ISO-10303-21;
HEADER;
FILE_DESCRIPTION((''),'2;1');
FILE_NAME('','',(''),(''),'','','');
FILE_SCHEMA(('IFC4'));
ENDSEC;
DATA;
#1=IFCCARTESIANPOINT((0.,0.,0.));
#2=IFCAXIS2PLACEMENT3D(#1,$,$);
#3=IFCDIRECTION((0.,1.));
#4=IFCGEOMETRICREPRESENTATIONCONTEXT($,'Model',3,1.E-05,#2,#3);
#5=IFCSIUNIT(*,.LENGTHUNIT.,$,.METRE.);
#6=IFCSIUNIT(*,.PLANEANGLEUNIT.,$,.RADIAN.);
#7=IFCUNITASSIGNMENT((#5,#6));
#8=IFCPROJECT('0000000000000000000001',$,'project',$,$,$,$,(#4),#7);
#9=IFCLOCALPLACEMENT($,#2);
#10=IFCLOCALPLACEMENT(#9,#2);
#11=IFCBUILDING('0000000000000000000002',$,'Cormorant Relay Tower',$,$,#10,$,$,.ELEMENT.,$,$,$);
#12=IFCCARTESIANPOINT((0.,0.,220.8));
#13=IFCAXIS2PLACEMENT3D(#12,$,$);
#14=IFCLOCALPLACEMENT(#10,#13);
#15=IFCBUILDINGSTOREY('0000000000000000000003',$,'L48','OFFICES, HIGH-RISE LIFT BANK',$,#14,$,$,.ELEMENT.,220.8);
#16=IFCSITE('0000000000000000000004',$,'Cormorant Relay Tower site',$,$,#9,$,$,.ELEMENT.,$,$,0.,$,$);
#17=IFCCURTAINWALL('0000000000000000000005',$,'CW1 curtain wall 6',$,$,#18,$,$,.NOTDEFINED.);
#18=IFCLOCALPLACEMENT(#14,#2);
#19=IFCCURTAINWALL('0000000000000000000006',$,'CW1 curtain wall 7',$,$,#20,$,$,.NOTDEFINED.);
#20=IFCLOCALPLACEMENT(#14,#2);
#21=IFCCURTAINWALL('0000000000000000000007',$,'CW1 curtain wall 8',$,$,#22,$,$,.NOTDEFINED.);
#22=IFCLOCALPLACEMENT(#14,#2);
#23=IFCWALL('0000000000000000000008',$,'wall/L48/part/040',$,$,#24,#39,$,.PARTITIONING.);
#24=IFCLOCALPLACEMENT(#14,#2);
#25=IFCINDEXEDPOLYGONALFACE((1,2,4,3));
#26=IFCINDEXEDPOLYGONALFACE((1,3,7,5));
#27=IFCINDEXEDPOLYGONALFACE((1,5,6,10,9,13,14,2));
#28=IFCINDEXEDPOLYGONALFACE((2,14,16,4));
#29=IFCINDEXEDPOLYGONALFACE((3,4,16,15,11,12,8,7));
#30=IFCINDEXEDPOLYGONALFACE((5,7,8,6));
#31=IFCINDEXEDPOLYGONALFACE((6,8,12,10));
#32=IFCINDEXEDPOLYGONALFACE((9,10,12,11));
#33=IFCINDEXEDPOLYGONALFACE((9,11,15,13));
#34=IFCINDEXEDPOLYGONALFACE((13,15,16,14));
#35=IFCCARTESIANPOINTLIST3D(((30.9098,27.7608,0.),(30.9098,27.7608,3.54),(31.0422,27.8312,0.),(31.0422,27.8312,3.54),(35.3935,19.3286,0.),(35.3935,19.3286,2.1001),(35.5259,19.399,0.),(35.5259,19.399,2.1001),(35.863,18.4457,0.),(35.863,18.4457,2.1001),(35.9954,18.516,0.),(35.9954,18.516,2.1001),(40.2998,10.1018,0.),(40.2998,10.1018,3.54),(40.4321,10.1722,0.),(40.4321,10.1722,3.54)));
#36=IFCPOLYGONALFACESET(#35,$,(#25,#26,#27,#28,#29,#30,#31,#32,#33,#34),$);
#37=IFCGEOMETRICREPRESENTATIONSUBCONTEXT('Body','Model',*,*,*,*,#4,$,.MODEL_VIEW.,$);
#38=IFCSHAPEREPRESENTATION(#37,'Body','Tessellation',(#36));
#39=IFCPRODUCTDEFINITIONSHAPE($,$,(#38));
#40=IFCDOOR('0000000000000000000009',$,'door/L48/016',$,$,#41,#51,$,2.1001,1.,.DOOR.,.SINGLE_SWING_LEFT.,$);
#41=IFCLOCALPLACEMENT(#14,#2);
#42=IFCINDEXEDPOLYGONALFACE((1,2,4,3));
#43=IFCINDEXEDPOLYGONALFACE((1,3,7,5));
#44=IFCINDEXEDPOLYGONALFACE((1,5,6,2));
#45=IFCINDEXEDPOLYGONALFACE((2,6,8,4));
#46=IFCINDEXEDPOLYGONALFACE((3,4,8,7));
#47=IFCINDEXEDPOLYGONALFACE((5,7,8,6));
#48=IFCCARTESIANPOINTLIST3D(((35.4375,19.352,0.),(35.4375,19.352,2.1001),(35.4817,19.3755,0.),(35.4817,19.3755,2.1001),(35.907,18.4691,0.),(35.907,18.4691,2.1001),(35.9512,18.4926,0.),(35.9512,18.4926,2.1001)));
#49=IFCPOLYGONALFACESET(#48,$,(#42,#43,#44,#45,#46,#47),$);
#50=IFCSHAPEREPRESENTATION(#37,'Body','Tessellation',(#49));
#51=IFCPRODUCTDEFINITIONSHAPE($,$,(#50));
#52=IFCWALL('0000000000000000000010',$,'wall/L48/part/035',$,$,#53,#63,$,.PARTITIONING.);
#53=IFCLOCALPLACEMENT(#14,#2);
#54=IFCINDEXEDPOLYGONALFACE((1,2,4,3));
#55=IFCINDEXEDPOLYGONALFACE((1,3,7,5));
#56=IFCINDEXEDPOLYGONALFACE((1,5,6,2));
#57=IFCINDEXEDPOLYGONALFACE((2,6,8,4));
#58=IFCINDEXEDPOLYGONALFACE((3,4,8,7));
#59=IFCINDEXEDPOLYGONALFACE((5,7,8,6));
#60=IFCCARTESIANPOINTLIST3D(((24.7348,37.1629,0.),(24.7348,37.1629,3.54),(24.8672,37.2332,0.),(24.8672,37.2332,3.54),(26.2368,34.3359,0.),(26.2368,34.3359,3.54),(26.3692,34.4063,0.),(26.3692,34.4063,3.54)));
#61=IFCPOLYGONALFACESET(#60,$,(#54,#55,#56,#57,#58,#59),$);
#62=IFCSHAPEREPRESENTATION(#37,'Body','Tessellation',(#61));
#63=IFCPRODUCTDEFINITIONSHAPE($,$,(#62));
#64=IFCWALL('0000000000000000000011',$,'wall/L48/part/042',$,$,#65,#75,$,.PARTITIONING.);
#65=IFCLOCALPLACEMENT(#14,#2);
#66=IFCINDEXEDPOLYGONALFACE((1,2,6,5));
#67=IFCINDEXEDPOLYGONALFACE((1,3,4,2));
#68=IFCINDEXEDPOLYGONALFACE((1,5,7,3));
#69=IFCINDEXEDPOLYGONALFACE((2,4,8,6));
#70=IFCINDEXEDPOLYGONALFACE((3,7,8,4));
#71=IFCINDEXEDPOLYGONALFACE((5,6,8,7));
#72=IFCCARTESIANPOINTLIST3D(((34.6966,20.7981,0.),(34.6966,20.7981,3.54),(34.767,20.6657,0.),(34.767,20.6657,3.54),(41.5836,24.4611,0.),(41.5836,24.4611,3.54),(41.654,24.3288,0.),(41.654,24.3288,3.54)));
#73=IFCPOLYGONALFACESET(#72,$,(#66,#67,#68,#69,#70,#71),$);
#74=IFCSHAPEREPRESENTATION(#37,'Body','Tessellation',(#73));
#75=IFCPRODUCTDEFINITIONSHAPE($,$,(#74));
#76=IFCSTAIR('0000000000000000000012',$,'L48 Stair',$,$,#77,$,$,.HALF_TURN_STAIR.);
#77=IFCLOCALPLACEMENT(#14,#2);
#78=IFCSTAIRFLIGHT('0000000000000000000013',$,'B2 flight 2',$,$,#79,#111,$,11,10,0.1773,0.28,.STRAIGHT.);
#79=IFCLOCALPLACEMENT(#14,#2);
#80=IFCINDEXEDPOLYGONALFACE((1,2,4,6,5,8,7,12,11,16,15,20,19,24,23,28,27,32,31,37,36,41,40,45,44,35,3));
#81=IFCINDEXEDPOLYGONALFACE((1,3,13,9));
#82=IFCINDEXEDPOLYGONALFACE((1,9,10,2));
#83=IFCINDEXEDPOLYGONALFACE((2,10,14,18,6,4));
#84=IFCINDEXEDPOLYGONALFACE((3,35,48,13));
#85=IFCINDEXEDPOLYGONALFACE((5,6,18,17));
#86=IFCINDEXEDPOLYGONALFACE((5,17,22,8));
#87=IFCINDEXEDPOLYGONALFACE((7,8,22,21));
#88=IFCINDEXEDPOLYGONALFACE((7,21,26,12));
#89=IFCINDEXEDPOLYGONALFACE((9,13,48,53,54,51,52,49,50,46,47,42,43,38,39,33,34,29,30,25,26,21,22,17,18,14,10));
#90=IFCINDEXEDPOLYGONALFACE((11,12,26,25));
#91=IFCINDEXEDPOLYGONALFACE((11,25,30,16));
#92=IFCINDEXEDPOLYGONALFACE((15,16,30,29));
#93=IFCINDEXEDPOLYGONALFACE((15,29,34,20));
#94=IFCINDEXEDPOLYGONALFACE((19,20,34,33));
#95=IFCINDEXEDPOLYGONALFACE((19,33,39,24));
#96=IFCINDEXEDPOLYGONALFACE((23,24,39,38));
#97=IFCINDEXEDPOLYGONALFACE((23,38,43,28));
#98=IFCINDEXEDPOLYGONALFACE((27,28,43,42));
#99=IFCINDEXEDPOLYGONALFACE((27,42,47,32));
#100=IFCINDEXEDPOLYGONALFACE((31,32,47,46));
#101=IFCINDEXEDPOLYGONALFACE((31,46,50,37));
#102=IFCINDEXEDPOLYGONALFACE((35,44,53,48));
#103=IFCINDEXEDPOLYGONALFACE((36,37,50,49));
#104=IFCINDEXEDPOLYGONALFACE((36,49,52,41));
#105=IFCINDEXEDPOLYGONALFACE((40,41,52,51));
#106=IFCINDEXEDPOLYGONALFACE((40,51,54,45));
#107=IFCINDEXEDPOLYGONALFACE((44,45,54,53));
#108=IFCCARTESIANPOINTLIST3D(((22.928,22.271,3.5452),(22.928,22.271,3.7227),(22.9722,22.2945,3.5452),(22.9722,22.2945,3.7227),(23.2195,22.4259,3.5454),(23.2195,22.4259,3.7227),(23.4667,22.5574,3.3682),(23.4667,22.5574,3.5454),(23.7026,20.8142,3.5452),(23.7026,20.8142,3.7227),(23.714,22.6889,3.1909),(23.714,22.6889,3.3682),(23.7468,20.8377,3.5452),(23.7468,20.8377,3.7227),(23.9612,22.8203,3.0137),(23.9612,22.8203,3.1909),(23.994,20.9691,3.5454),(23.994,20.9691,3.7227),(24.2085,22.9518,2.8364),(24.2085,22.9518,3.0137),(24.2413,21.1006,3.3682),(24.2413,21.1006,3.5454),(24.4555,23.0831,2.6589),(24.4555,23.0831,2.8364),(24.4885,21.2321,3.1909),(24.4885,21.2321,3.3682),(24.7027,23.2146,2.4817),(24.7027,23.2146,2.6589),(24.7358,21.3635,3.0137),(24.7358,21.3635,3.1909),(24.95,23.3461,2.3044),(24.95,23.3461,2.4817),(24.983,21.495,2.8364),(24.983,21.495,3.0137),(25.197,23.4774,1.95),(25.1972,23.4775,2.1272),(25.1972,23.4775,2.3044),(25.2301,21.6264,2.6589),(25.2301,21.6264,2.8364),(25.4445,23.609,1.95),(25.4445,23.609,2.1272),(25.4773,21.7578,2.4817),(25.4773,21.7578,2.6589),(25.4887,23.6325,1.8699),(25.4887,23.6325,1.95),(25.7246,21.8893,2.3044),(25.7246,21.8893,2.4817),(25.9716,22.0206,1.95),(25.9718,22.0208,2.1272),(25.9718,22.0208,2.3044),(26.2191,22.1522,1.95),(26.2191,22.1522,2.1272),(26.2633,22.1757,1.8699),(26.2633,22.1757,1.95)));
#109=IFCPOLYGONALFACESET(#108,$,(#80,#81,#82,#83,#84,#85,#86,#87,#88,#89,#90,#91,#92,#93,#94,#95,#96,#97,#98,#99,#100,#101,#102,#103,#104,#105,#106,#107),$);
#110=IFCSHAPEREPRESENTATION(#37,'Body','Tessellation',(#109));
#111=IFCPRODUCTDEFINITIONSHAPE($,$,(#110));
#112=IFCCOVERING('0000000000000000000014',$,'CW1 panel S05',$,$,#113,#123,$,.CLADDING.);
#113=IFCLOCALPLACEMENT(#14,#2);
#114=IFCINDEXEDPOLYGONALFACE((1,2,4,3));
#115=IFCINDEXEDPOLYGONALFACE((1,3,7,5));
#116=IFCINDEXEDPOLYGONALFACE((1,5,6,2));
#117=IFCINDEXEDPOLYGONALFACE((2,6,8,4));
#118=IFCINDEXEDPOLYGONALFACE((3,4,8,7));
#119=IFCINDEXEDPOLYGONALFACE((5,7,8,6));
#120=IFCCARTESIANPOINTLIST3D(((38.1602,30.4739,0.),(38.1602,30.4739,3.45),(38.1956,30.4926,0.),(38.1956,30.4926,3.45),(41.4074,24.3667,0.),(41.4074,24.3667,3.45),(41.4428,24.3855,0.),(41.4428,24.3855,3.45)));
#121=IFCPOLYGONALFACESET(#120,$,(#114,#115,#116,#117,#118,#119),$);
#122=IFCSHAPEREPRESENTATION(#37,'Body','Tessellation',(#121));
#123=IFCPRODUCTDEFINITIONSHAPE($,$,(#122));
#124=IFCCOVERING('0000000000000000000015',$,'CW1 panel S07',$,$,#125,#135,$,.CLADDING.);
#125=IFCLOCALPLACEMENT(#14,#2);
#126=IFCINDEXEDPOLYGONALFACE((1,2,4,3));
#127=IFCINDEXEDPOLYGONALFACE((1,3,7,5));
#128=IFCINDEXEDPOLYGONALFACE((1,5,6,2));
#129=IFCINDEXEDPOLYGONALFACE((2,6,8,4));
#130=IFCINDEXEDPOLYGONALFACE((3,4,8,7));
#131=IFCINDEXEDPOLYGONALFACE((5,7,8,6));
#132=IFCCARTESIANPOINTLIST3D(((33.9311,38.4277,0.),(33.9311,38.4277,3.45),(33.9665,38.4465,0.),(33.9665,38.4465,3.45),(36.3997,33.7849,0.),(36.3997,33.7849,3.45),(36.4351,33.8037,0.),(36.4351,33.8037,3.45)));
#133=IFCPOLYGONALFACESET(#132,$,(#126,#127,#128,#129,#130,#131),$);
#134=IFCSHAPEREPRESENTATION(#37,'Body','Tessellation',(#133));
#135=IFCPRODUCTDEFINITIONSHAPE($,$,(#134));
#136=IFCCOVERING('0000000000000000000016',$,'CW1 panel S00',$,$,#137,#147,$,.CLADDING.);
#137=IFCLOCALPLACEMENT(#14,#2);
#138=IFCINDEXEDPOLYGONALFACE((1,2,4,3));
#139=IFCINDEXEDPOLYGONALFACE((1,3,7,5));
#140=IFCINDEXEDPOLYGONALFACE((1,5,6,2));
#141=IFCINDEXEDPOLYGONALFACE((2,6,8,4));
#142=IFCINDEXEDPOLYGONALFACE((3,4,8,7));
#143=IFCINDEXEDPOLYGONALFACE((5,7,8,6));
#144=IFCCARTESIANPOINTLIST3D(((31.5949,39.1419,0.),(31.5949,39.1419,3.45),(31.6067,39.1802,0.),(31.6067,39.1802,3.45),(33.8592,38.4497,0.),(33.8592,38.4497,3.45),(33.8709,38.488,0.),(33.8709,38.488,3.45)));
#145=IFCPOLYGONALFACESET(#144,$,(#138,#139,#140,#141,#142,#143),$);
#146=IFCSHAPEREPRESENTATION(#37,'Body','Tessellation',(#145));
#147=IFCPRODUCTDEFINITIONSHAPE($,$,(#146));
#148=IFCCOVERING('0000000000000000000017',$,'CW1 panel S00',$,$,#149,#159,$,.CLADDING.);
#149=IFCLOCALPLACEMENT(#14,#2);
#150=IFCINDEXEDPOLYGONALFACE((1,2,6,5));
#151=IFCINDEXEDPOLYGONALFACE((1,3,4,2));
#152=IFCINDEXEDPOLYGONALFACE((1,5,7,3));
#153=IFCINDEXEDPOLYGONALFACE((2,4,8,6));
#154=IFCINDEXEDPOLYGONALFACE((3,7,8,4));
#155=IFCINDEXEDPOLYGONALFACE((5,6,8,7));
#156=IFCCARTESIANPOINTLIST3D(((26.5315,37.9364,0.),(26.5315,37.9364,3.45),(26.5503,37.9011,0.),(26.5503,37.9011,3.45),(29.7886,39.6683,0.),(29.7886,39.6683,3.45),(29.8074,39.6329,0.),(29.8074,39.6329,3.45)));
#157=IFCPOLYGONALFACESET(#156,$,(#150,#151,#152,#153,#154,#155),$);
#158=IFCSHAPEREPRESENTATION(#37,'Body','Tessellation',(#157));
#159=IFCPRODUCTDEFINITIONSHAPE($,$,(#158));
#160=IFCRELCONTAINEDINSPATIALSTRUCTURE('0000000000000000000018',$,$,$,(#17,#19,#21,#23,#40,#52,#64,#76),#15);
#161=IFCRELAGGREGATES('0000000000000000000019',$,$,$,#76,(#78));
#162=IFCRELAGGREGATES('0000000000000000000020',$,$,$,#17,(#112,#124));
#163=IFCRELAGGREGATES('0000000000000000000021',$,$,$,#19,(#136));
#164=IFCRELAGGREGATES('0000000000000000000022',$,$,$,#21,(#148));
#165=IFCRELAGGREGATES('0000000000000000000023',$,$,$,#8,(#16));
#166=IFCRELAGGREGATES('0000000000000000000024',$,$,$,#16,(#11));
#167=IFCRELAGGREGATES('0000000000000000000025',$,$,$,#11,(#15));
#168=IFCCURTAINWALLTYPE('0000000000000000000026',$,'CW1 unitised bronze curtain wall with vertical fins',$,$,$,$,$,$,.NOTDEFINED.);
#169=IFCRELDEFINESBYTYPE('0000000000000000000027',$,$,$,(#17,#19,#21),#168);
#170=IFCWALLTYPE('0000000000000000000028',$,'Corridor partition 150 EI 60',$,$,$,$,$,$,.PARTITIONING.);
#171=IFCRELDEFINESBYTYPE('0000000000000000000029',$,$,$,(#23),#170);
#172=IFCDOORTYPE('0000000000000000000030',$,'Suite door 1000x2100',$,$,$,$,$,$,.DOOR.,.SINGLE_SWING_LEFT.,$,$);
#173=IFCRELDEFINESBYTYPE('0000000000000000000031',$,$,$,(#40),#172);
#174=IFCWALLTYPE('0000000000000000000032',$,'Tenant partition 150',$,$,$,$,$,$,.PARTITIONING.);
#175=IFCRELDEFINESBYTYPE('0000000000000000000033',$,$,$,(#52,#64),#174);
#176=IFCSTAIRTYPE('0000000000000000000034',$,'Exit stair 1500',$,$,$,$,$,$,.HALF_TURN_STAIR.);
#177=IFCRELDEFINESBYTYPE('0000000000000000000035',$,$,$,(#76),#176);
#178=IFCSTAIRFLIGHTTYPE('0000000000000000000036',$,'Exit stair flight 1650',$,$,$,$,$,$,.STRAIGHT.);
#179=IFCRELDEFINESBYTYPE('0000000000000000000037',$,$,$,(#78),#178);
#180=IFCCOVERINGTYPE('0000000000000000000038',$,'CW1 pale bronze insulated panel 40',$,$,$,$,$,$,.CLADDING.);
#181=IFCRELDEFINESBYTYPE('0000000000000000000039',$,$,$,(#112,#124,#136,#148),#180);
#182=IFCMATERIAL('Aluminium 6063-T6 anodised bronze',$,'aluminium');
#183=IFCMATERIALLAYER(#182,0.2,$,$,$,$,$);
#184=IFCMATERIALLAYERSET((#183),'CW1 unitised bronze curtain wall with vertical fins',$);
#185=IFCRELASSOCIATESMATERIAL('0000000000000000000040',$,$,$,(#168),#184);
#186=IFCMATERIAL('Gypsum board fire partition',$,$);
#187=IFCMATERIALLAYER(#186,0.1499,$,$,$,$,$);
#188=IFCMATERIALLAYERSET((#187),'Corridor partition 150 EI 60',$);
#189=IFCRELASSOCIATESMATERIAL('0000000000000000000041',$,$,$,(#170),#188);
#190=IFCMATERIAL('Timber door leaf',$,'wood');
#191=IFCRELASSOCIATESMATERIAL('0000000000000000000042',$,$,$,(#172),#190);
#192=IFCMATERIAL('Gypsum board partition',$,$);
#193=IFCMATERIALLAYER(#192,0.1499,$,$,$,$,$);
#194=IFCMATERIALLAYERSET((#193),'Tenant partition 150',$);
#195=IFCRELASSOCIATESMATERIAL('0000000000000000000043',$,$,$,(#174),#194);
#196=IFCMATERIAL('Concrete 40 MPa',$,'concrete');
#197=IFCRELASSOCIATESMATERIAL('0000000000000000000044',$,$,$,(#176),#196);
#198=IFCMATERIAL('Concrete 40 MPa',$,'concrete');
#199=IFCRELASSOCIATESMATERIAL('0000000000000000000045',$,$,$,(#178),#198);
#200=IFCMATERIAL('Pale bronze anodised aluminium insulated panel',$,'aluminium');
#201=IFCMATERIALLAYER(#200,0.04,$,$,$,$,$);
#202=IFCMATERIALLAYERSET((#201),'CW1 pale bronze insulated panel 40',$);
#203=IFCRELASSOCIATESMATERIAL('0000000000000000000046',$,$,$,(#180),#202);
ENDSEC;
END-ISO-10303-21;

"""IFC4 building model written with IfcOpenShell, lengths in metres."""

from ifc_helpers import new_model, si_unit, direction, frame, frame_2d, origin, origin_2d, place, context, subcontext, project, spatial, polyline, rectangle, outline, extrude, material, layer, layer_set, type_object, element, fill, aggregate, save


model = new_model("IFC4")

# Units and contexts
model_context = context("Model", 3, precision=1e-05, world=origin(), true_north=direction((0.0, 1.0)))
body_context = subcontext(model_context, "Body", "Model", "MODEL_VIEW")
ifc_project = project(units=[si_unit("LENGTHUNIT", "METRE"), si_unit("PLANEANGLEUNIT", "RADIAN")], contexts=[model_context])

# Site, building, storey
site_placement = place(None, origin())
site = spatial("IfcSite", under=ifc_project, at=site_placement, Name="Cormorant Relay Tower site", CompositionType="ELEMENT", RefElevation=0.0)
building_placement = place(site_placement, origin())
building = spatial("IfcBuilding", under=site, at=building_placement, Name="Cormorant Relay Tower", CompositionType="ELEMENT")
storey_placement = place(building_placement, frame((0.0, 0.0, 220.8)))
storey = spatial("IfcBuildingStorey", under=building, at=storey_placement, Name="L48", Description="OFFICES, HIGH-RISE LIFT BANK", CompositionType="ELEMENT", Elevation=220.8)

# Curtain wall
ifc_material_1 = material(Name="Aluminium 6063-T6 anodised bronze", Category="aluminium")
ifc_layer_1 = layer(ifc_material_1, 0.2)
ifc_layer_set_1 = layer_set([ifc_layer_1], Name="CW1 unitised bronze curtain wall with vertical fins")
curtain_wall_type = type_object("IfcCurtainWallType", Name="CW1 unitised bronze curtain wall with vertical fins", PredefinedType="NOTDEFINED", material=ifc_layer_set_1)
curtain_wall_1_placement = place(storey_placement, origin())
curtain_wall_1 = element("IfcCurtainWall", 1, at=curtain_wall_1_placement, inside=storey, type_object=curtain_wall_type, Name="CW1 curtain wall 6", PredefinedType="NOTDEFINED")

# Curtain walls
curtain_wall_2_placement = place(storey_placement, origin())
curtain_wall_2 = element("IfcCurtainWall", 2, at=curtain_wall_2_placement, inside=storey, type_object=curtain_wall_type, Name="CW1 curtain wall 7", PredefinedType="NOTDEFINED")
curtain_wall_3_placement = place(storey_placement, origin())
curtain_wall_3 = element("IfcCurtainWall", 3, at=curtain_wall_3_placement, inside=storey, type_object=curtain_wall_type, Name="CW1 curtain wall 8", PredefinedType="NOTDEFINED")

# Wall, opening, door
ifc_material_2 = material(Name="Gypsum board fire partition")
ifc_layer_2 = layer(ifc_material_2, 0.1499)
ifc_layer_set_2 = layer_set([ifc_layer_2], Name="Corridor partition 150 EI 60")
wall_type_1 = type_object("IfcWallType", Name="Corridor partition 150 EI 60", PredefinedType="PARTITIONING", material=ifc_layer_set_2)
ifc_material_3 = material(Name="Timber door leaf", Category="wood")
door_type = type_object("IfcDoorType", Name="Suite door 1000x2100", OperationType="SINGLE_SWING_LEFT", PredefinedType="DOOR", material=ifc_material_3)
wall_1_placement = place(storey_placement, frame((30.9761, 27.7959, 0.0), z_axis=(0.0, 0.0, 1.0), x_axis=(0.46949, -0.882938, 0.0)))
wall_1 = element("IfcWall", 4, at=wall_1_placement, inside=storey, type_object=wall_type_1, Name="wall/L48/part/040", PredefinedType="PARTITIONING", context=body_context, shape_type="SweptSolid", body=[
    extrude(rectangle(XDim=20.0002, YDim=0.1499, at=frame_2d((10.0, 0.0))), origin(), (0.0, 0.0, 1.0), 3.54),
])
opening_1_placement = place(wall_1_placement, frame((9.55, 0.0, 0.0)))
opening_1 = element("IfcOpeningElement", 5, at=opening_1_placement, cuts=wall_1, PredefinedType="OPENING", context=body_context, shape_type="SweptSolid", body=[
    extrude(rectangle(XDim=1.0, YDim=2.1001, at=frame_2d((0.5, 1.05))), frame((0.0, 0.085, 0.0), z_axis=(0.0, -1.0, 0.0), x_axis=(1.0, 0.0, 0.0)), (0.0, 0.0, 1.0), 0.1699),
])
door_1_placement = place(opening_1_placement, origin())
door_1 = element("IfcDoor", 6, at=door_1_placement, inside=storey, type_object=door_type, Name="door/L48/016", OperationType="SINGLE_SWING_LEFT", OverallHeight=2.1001, OverallWidth=1.0, PredefinedType="DOOR", context=body_context, shape_type="SweptSolid", body=[
    extrude(rectangle(XDim=1.0, YDim=2.1001, at=frame_2d((0.5, 1.05))), frame((0.0, 0.0249, 0.0), z_axis=(0.0, -1.0, 0.0), x_axis=(1.0, 0.0, 0.0)), (0.0, 0.0, 1.0), 0.05),
])
fill(opening_1, door_1)

# Walls
ifc_material_4 = material(Name="Gypsum board partition")
ifc_layer_3 = layer(ifc_material_4, 0.1499)
ifc_layer_set_3 = layer_set([ifc_layer_3], Name="Tenant partition 150")
wall_type_2 = type_object("IfcWallType", Name="Tenant partition 150", PredefinedType="PARTITIONING", material=ifc_layer_set_3)
wall_2_placement = place(storey_placement, frame((26.303, 34.3711, 0.0), z_axis=(0.0, 0.0, 1.0), x_axis=(-0.469194, 0.883095, 0.0)))
element("IfcWall", 7, at=wall_2_placement, inside=storey, type_object=wall_type_2, Name="wall/L48/part/035", PredefinedType="PARTITIONING", context=body_context, shape_type="SweptSolid", body=[
    extrude(rectangle(XDim=3.2012, YDim=0.1499, at=frame_2d((1.6006, 0.0))), origin(), (0.0, 0.0, 1.0), 3.54),
])
wall_3_placement = place(storey_placement, frame((41.6189, 24.395, 0.0), z_axis=(0.0, 0.0, 1.0), x_axis=(-0.882883, -0.469594, 0.0)))
element("IfcWall", 8, at=wall_3_placement, inside=storey, type_object=wall_type_2, Name="wall/L48/part/042", PredefinedType="PARTITIONING", context=body_context, shape_type="SweptSolid", body=[
    extrude(rectangle(XDim=7.8005, YDim=0.1499, at=frame_2d((3.9004, 0.0))), origin(), (0.0, 0.0, 1.0), 3.54),
])

# Stair, stair flight
ifc_material_5 = material(Name="Concrete 40 MPa", Category="concrete")
stair_type = type_object("IfcStairType", Name="Exit stair 1500", PredefinedType="HALF_TURN_STAIR", material=ifc_material_5)
stair_placement = place(storey_placement, origin())
stair = element("IfcStair", 9, at=stair_placement, inside=storey, type_object=stair_type, Name="L48 Stair", PredefinedType="HALF_TURN_STAIR")
ifc_material_6 = material(Name="Concrete 40 MPa", Category="concrete")
stair_flight_type = type_object("IfcStairFlightType", Name="Exit stair flight 1650", PredefinedType="STRAIGHT", material=ifc_material_6)
stair_flight_placement = place(storey_placement, frame((25.8318, 22.8806, 1.95), z_axis=(0.0, 0.0, 1.0), x_axis=(-0.882948, -0.469472, 0.0)))
stair_flight = element("IfcStairFlight", 10, at=stair_flight_placement, type_object=stair_flight_type, Name="B2 flight 2", NumberOfRisers=11, NumberOfTreads=10, PredefinedType="STRAIGHT", RiserHeight=0.1773, TreadLength=0.28, context=body_context, shape_type="SweptSolid", body=[
    extrude(outline(polyline([(-0.05, -0.0801), (-0.05, 0.0), (0.0, 0.0), (0.0, 0.1772), (0.28, 0.1772), (0.28, 0.3545), (0.5601, 0.3545), (0.5601, 0.5317), (0.8401, 0.5317), (0.8401, 0.709), (1.1201, 0.709), (1.1201, 0.8865), (1.3999, 0.8865), (1.3999, 1.0637), (1.6799, 1.0637), (1.6799, 1.241), (1.96, 1.241), (1.96, 1.4182), (2.24, 1.4182), (2.24, 1.5955), (2.52, 1.5955), (2.52, 1.7727), (2.8, 1.7727), (2.8501, 1.7727), (2.8501, 1.5952), (2.8, 1.5952), (0.2803, 0.0), (-0.05, -0.0801)])), frame((0.0, 0.825, 0.0), z_axis=(0.0, -1.0, 0.0), x_axis=(1.0, 0.0, 0.0)), (0.0, 0.0, 1.0), 1.6499),
])
aggregate(stair, [stair_flight])

# Coverings
ifc_material_7 = material(Name="Pale bronze anodised aluminium insulated panel", Category="aluminium")
ifc_layer_4 = layer(ifc_material_7, 0.04)
ifc_layer_set_4 = layer_set([ifc_layer_4], Name="CW1 pale bronze insulated panel 40")
covering_type = type_object("IfcCoveringType", Name="CW1 pale bronze insulated panel 40", PredefinedType="CLADDING", material=ifc_layer_set_4)
covering_1_placement = place(storey_placement, frame((39.8015, 27.4297, 0.0), z_axis=(0.0, 0.0, 1.0), x_axis=(-0.469472, 0.882948, 0.0)))
covering_1 = element("IfcCovering", 11, at=covering_1_placement, type_object=covering_type, Name="CW1 panel S05", PredefinedType="CLADDING", context=body_context, shape_type="SweptSolid", body=[
    extrude(rectangle(XDim=6.9167, YDim=0.04, at=origin_2d()), origin(), (0.0, 0.0, 1.0), 3.45),
])
covering_2_placement = place(storey_placement, frame((35.1831, 36.1157, 0.0), z_axis=(0.0, 0.0, 1.0), x_axis=(-0.469472, 0.882948, 0.0)))
covering_2 = element("IfcCovering", 12, at=covering_2_placement, type_object=covering_type, Name="CW1 panel S07", PredefinedType="CLADDING", context=body_context, shape_type="SweptSolid", body=[
    extrude(rectangle(XDim=5.2583, YDim=0.04, at=origin_2d()), origin(), (0.0, 0.0, 1.0), 3.45),
])
aggregate(curtain_wall_1, [covering_1, covering_2])
covering_3_placement = place(storey_placement, frame((32.7329, 38.8149, 0.0), z_axis=(0.0, 0.0, 1.0), x_axis=(-0.956305, 0.292372, 0.0)))
covering_3 = element("IfcCovering", 13, at=covering_3_placement, type_object=covering_type, Name="CW1 panel S00", PredefinedType="CLADDING", context=body_context, shape_type="SweptSolid", body=[
    extrude(rectangle(XDim=2.3677, YDim=0.04, at=origin_2d()), origin(), (0.0, 0.0, 1.0), 3.45),
])
aggregate(curtain_wall_2, [covering_3])
covering_4_placement = place(storey_placement, frame((28.1694, 38.7847, 0.0), z_axis=(0.0, 0.0, 1.0), x_axis=(-0.882948, -0.469472, 0.0)))
covering_4 = element("IfcCovering", 14, at=covering_4_placement, type_object=covering_type, Name="CW1 panel S00", PredefinedType="CLADDING", context=body_context, shape_type="SweptSolid", body=[
    extrude(rectangle(XDim=3.689, YDim=0.04, at=origin_2d()), origin(), (0.0, 0.0, 1.0), 3.45),
])
aggregate(curtain_wall_3, [covering_4])

save(model, "model.ifc")
